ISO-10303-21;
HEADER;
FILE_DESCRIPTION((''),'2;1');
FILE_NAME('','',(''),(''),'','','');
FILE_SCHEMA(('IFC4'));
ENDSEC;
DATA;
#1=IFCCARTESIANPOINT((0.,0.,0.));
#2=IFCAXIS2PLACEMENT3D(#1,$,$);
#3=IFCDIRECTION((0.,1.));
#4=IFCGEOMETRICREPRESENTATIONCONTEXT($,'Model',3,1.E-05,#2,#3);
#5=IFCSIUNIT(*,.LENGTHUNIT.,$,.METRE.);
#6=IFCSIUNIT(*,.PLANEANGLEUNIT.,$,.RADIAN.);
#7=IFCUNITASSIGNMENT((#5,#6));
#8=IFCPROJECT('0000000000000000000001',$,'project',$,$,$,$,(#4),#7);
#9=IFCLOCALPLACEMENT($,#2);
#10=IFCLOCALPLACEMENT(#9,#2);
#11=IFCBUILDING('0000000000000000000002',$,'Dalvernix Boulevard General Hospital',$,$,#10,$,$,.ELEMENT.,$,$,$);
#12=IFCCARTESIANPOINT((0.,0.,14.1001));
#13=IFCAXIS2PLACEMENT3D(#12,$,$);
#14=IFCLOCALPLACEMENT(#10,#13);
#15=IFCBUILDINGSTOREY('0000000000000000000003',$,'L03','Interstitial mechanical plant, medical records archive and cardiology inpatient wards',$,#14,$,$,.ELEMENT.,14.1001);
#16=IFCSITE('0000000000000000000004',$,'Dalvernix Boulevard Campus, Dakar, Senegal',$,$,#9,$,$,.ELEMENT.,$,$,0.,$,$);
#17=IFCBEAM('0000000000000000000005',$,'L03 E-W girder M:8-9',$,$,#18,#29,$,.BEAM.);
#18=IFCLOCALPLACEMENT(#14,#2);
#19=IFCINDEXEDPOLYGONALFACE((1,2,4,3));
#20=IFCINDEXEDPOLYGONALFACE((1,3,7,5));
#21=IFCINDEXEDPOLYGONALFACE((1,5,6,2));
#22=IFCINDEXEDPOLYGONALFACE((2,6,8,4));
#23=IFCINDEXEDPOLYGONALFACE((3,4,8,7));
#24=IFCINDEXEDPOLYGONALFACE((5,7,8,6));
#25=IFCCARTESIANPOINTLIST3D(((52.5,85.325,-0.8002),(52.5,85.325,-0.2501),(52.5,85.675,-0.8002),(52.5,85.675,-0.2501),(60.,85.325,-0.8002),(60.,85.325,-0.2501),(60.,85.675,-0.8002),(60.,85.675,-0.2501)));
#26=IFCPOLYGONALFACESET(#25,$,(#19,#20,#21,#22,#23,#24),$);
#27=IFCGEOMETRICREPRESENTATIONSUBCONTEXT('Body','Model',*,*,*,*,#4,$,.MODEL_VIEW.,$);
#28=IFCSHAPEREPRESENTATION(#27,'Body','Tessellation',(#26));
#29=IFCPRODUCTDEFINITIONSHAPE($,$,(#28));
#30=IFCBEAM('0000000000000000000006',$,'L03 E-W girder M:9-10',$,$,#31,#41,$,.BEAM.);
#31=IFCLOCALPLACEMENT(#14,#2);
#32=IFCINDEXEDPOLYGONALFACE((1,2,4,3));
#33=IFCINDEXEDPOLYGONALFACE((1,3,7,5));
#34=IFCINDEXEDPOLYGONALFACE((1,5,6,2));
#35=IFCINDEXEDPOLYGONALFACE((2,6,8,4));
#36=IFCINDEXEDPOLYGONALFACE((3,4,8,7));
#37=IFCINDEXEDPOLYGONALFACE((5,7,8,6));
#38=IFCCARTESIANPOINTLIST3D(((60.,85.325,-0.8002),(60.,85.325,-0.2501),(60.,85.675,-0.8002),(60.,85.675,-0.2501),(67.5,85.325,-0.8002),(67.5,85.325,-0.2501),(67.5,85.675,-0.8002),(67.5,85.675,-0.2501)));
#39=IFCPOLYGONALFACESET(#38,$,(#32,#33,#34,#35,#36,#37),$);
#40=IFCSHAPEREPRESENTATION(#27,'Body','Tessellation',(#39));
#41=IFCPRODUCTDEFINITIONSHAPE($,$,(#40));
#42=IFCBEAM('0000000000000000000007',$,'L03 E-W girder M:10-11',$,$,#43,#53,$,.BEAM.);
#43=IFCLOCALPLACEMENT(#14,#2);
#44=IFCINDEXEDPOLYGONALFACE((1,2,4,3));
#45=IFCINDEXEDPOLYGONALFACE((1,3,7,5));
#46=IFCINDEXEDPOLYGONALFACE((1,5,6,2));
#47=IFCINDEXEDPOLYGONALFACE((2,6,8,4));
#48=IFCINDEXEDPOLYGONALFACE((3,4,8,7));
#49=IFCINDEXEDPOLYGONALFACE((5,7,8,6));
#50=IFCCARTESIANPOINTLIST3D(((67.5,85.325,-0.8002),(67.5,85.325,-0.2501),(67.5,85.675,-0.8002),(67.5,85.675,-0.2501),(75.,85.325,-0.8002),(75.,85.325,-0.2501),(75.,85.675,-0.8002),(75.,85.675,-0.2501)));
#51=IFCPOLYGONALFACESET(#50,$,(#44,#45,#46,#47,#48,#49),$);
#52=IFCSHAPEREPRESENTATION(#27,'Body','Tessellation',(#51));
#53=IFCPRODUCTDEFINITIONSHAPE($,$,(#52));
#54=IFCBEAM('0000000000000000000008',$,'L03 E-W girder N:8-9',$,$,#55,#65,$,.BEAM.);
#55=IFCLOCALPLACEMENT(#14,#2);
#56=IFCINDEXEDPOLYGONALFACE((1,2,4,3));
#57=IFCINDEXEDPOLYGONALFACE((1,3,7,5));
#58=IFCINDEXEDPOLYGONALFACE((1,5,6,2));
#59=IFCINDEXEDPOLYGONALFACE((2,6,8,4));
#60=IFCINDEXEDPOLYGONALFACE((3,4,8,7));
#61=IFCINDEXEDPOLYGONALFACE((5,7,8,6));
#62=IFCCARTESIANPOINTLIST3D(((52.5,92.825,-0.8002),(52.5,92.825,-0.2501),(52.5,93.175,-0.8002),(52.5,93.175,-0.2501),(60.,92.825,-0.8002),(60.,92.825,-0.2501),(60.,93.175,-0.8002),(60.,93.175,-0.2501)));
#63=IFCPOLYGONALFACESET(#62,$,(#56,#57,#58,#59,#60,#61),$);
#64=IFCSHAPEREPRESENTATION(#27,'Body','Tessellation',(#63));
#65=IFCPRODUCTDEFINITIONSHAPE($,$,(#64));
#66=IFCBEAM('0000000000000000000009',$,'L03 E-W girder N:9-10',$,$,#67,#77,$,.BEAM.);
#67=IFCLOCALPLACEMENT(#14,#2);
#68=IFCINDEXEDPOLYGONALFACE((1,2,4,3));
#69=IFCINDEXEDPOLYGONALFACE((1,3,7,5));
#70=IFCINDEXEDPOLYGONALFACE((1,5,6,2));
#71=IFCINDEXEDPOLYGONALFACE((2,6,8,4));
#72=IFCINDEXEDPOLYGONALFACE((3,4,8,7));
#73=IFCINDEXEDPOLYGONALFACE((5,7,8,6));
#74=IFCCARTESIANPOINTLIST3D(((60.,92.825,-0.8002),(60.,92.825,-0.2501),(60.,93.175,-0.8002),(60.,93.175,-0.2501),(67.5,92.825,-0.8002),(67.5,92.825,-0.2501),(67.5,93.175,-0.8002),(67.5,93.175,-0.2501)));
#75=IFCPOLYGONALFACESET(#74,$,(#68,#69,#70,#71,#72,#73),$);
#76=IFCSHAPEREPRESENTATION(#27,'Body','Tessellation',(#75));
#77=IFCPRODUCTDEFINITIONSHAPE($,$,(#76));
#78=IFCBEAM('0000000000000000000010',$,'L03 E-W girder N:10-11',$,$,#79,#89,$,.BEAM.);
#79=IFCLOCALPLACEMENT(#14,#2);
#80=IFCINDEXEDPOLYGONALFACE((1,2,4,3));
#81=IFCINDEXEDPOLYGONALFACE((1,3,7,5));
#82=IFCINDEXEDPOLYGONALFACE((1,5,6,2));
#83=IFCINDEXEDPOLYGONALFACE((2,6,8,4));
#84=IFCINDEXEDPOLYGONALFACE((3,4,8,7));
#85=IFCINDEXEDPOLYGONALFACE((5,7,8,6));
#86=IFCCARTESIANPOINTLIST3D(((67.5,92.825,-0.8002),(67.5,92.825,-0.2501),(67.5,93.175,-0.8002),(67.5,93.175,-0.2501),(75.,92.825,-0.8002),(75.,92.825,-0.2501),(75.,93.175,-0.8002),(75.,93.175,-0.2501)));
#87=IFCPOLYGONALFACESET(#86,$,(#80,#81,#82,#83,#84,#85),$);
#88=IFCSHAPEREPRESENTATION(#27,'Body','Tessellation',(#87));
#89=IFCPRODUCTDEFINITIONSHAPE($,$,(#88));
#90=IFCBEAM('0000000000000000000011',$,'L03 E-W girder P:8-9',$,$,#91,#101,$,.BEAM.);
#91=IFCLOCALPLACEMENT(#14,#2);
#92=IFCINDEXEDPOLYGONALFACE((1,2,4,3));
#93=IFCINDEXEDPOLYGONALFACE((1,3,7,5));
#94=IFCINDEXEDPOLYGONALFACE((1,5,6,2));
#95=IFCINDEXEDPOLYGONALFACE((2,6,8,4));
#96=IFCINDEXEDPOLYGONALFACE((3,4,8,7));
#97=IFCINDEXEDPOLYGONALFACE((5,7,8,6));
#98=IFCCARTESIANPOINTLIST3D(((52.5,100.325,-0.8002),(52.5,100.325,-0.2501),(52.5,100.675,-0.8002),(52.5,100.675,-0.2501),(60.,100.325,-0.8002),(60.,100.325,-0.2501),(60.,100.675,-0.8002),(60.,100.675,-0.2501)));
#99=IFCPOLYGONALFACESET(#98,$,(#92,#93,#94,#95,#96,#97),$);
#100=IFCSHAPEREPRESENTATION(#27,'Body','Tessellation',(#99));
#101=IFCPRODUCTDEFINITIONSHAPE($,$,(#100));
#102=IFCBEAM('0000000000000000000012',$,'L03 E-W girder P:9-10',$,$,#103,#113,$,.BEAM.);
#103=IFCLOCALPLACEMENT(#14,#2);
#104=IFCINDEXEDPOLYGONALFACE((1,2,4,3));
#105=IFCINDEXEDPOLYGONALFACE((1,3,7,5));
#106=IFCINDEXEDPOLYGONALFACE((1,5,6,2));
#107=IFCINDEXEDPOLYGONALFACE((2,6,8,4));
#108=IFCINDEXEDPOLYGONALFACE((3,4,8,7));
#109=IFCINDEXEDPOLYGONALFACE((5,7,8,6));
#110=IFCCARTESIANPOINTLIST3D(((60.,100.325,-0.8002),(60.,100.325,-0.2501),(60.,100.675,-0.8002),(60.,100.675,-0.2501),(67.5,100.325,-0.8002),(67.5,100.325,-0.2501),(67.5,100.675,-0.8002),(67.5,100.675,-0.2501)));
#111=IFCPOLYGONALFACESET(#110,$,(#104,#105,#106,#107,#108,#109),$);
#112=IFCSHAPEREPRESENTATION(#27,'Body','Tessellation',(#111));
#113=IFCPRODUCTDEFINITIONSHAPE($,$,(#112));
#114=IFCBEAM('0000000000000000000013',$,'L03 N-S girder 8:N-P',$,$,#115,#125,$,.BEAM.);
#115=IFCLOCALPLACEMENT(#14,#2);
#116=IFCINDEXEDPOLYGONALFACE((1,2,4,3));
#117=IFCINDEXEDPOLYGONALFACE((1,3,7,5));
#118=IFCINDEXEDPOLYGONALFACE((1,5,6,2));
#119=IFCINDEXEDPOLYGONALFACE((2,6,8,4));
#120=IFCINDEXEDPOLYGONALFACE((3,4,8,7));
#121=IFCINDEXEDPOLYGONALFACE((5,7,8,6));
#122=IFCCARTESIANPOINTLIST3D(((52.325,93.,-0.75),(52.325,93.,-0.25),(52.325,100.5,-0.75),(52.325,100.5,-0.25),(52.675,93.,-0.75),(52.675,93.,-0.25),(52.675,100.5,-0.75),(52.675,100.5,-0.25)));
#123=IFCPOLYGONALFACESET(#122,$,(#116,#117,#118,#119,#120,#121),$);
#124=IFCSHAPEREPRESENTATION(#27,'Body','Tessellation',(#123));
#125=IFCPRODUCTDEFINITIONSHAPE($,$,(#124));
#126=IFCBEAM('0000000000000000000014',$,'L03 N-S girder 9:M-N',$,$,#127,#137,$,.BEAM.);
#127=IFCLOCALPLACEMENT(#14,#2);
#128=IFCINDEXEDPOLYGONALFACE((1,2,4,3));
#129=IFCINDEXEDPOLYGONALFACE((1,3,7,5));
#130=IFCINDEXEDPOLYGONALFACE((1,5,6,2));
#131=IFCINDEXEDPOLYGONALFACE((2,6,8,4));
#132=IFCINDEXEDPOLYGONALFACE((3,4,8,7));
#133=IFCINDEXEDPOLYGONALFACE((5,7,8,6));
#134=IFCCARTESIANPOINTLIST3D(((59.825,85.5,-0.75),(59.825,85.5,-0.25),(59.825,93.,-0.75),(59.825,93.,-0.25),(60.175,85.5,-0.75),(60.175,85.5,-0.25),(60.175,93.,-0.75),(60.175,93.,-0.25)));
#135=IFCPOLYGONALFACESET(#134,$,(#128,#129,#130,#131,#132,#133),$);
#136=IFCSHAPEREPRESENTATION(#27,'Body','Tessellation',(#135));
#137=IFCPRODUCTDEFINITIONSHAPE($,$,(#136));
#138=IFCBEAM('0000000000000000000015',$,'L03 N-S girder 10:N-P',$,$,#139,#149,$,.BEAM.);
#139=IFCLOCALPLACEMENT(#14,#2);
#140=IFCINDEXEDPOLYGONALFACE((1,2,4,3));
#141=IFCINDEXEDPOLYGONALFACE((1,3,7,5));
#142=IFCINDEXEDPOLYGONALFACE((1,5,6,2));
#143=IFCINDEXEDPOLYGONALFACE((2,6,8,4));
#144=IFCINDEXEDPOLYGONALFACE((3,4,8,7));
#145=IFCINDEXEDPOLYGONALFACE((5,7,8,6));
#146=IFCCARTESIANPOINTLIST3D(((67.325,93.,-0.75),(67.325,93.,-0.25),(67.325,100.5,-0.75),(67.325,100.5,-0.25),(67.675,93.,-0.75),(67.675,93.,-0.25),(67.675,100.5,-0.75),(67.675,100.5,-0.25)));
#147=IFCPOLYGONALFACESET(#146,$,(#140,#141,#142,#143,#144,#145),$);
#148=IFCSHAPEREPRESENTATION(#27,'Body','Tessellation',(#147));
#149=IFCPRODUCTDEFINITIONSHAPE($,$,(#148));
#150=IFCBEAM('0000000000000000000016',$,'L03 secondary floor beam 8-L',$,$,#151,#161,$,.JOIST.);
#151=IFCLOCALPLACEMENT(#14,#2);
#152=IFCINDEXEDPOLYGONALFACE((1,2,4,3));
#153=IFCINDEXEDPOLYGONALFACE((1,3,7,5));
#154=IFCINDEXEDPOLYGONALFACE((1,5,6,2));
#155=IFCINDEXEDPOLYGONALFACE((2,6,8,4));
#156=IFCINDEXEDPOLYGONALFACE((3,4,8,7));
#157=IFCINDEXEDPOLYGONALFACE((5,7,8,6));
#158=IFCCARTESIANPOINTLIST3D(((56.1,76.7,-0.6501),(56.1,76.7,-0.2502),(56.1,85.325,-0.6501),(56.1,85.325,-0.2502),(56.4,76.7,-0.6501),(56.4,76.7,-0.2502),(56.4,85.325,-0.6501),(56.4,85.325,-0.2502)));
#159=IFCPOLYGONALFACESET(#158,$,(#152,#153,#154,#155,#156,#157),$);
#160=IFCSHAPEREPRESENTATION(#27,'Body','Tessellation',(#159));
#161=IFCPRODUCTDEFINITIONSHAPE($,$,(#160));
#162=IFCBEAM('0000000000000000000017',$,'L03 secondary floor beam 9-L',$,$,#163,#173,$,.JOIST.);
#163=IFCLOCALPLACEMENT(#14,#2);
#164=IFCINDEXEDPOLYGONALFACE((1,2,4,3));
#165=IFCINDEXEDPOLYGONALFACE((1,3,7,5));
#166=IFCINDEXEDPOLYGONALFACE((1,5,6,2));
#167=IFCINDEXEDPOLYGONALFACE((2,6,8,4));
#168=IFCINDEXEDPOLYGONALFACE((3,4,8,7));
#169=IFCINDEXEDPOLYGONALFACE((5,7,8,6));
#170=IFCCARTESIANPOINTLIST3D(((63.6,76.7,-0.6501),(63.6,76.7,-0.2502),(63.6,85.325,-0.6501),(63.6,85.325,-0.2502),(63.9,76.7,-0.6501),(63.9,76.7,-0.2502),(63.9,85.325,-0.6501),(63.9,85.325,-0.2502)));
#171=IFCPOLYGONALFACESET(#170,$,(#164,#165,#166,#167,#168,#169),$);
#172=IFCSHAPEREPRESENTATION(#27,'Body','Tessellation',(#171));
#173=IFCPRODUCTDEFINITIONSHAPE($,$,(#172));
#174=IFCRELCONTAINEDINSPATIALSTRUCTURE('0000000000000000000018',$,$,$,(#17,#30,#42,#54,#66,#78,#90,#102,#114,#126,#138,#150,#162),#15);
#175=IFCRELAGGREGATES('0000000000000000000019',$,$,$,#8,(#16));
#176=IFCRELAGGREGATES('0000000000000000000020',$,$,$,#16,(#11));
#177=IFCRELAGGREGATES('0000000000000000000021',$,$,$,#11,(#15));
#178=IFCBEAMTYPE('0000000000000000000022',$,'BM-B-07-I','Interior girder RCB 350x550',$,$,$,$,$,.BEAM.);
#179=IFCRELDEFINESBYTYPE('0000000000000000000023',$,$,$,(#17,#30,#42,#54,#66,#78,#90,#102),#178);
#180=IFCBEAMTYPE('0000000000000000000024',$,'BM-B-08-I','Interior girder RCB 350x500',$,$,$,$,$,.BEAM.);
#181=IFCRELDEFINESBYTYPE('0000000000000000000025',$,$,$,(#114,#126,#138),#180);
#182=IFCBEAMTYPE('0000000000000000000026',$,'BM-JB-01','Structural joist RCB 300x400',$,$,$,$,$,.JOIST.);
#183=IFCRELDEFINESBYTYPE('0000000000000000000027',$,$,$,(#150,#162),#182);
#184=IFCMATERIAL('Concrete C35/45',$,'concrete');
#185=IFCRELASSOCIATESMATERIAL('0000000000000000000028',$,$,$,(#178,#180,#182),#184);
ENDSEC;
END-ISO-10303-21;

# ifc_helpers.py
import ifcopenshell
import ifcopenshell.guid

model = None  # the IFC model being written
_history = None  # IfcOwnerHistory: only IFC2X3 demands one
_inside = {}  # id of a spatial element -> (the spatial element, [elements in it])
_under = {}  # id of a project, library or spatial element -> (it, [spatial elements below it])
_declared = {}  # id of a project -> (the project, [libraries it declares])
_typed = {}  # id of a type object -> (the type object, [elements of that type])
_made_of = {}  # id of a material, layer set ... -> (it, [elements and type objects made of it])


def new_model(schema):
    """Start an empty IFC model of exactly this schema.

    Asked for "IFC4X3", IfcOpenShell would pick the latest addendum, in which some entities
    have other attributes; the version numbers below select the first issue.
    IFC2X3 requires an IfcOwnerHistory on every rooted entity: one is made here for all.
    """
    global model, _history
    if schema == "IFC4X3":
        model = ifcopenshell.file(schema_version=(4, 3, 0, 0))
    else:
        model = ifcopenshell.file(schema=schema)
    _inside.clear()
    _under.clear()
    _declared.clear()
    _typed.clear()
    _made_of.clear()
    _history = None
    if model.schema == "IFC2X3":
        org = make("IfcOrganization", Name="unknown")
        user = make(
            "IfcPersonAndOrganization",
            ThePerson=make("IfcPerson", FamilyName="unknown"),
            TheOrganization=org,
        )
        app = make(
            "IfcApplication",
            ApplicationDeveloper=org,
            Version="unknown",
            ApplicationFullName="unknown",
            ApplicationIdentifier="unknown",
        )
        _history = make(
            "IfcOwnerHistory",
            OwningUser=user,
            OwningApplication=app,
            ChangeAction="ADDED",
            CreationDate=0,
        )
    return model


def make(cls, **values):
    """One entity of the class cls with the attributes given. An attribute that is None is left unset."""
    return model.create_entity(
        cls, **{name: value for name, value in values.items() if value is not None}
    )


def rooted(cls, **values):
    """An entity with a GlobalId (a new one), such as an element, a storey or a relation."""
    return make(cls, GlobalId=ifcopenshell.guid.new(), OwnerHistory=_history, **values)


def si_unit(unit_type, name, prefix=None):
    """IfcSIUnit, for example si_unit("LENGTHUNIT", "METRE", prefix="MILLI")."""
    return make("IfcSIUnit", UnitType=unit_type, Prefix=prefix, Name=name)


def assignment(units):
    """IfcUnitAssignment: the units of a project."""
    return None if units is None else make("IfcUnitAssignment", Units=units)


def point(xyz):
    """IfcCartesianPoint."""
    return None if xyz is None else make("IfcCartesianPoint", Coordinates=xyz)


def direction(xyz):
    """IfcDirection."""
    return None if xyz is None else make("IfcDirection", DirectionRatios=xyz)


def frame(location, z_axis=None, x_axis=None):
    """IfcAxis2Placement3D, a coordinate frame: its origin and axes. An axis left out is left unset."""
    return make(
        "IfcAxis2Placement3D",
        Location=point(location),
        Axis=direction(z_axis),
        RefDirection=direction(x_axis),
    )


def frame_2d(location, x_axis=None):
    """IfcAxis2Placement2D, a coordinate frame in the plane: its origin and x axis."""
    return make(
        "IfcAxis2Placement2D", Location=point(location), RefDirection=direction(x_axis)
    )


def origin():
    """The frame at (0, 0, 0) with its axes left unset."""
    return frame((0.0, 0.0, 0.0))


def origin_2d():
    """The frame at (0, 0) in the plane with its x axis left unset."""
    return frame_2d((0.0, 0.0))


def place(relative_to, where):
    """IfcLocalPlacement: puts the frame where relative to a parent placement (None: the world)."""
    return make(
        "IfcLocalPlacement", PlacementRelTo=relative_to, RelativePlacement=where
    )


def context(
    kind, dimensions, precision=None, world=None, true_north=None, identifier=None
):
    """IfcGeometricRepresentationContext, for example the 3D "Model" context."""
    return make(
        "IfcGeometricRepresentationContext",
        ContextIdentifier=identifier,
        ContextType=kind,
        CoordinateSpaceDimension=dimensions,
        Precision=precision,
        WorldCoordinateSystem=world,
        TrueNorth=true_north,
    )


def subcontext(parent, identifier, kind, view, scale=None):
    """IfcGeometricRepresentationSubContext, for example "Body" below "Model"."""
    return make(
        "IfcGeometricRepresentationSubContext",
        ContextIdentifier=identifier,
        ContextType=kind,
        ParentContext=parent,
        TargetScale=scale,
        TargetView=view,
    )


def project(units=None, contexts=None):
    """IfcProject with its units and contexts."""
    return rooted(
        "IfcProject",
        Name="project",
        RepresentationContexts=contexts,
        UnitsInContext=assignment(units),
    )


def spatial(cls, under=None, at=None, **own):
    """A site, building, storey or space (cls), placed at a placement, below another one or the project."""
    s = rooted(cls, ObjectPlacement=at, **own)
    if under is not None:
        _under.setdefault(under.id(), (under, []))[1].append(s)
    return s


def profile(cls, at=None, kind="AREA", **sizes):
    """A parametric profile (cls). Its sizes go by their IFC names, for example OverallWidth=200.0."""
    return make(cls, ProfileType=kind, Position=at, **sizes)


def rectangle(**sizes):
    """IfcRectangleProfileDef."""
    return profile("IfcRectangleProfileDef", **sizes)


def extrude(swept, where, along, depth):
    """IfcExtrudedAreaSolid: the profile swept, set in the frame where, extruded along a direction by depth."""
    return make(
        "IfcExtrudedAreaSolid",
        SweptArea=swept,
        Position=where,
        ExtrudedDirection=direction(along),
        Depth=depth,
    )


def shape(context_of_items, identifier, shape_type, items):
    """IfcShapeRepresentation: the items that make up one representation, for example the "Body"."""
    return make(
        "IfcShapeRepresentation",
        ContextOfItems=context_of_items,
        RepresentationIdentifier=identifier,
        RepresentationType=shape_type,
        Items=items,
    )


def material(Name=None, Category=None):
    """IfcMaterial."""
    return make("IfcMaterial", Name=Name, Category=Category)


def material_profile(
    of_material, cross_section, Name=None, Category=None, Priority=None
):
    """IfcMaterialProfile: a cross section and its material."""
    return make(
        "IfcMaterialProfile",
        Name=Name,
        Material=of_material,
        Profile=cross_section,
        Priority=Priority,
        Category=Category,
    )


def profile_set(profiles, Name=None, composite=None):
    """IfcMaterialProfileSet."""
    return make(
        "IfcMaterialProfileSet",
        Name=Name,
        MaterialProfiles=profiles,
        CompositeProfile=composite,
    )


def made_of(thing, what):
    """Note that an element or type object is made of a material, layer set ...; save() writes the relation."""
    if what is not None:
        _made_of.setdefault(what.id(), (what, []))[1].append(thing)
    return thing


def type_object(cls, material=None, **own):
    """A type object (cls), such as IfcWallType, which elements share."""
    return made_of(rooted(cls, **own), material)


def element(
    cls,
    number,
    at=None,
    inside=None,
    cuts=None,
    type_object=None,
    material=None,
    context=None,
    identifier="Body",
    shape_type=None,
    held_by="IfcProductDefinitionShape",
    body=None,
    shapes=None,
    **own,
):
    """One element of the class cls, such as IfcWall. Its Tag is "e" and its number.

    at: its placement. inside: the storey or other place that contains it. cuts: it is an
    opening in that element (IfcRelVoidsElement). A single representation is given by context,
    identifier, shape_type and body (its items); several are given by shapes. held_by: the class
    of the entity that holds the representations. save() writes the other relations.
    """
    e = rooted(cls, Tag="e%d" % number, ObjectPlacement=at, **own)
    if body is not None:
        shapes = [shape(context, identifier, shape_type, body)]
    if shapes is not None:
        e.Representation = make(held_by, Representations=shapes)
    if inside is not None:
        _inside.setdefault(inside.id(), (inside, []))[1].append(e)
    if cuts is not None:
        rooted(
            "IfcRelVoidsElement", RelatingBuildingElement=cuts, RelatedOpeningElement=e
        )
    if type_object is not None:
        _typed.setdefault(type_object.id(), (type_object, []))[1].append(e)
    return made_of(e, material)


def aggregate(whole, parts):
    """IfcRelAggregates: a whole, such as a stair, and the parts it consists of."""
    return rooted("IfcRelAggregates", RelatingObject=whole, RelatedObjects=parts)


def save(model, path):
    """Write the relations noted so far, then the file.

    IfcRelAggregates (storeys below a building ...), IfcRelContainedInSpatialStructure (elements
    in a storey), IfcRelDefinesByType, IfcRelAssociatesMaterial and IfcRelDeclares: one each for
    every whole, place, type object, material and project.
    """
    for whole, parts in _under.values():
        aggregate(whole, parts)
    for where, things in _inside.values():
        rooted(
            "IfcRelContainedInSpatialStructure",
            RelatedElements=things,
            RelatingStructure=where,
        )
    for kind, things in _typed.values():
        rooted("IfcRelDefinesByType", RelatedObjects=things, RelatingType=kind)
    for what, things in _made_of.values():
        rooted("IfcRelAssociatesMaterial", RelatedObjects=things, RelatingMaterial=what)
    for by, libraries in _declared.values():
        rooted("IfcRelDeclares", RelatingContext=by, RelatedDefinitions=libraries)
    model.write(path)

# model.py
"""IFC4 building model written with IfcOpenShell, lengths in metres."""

from ifc_helpers import new_model, si_unit, direction, frame, origin, origin_2d, place, context, subcontext, project, spatial, rectangle, extrude, material, material_profile, profile_set, type_object, element, save


model = new_model("IFC4")

# Units and contexts
model_context = context("Model", 3, precision=1e-05, world=origin(), true_north=direction((0.0, 1.0)))
body_context = subcontext(model_context, "Body", "Model", "MODEL_VIEW")
ifc_project = project(units=[si_unit("LENGTHUNIT", "METRE"), si_unit("PLANEANGLEUNIT", "RADIAN")], contexts=[model_context])

# Site, building, storey
site_placement = place(None, origin())
site = spatial("IfcSite", under=ifc_project, at=site_placement, Name="Dalvernix Boulevard Campus, Dakar, Senegal", CompositionType="ELEMENT", RefElevation=0.0)
building_placement = place(site_placement, origin())
building = spatial("IfcBuilding", under=site, at=building_placement, Name="Dalvernix Boulevard General Hospital", CompositionType="ELEMENT")
storey_placement = place(building_placement, frame((0.0, 0.0, 14.1001)))
storey = spatial("IfcBuildingStorey", under=building, at=storey_placement, Name="L03", Description="Interstitial mechanical plant, medical records archive and cardiology inpatient wards", CompositionType="ELEMENT", Elevation=14.1001)

# Beams
ifc_material_1 = material(Name="Concrete C35/45", Category="concrete")
ifc_material_profile_1 = material_profile(ifc_material_1, rectangle(XDim=0.3501, YDim=0.55, at=origin_2d()), Name="RCB 350x550")
ifc_profile_set_1 = profile_set([ifc_material_profile_1], Name="Concrete C35/45")
beam_type_1 = type_object("IfcBeamType", Name="BM-B-07-I", Description="Interior girder RCB 350x550", PredefinedType="BEAM", material=ifc_profile_set_1)
for number, where, z_axis, x_axis, name in (
    (1, (52.5, 85.5, -0.5251), (1.0, 0.0, 0.0), (0.0, 1.0, 0.0), "L03 E-W girder M:8-9"),
    (2, (60.0, 85.5, -0.5251), (1.0, 0.0, 0.0), (0.0, 1.0, 0.0), "L03 E-W girder M:9-10"),
    (3, (67.5, 85.5, -0.5251), (1.0, 0.0, 0.0), (0.0, 1.0, 0.0), "L03 E-W girder M:10-11"),
    (4, (52.5, 93.0, -0.5251), (1.0, 0.0, 0.0), (0.0, 1.0, 0.0), "L03 E-W girder N:8-9"),
    (5, (60.0, 93.0, -0.5251), (1.0, 0.0, 0.0), (0.0, 1.0, 0.0), "L03 E-W girder N:9-10"),
    (6, (67.5, 93.0, -0.5251), (1.0, 0.0, 0.0), (0.0, 1.0, 0.0), "L03 E-W girder N:10-11"),
    (7, (52.5, 100.5, -0.5251), (1.0, 0.0, 0.0), (0.0, 1.0, 0.0), "L03 E-W girder P:8-9"),
    (8, (60.0, 100.5, -0.5251), (1.0, 0.0, 0.0), (0.0, 1.0, 0.0), "L03 E-W girder P:9-10"),
):
    element("IfcBeam", number, at=place(storey_placement, frame(where, z_axis=z_axis, x_axis=x_axis)), inside=storey, type_object=beam_type_1, Name=name, PredefinedType="BEAM", context=body_context, shape_type="SweptSolid", body=[
        extrude(rectangle(XDim=0.3501, YDim=0.55, at=origin_2d()), origin(), (0.0, 0.0, 1.0), 7.5),
    ])
ifc_material_profile_2 = material_profile(ifc_material_1, rectangle(XDim=0.3501, YDim=0.5, at=origin_2d()), Name="RCB 350x500")
ifc_profile_set_2 = profile_set([ifc_material_profile_2], Name="Concrete C35/45")
beam_type_2 = type_object("IfcBeamType", Name="BM-B-08-I", Description="Interior girder RCB 350x500", PredefinedType="BEAM", material=ifc_profile_set_2)
for number, where, z_axis, x_axis, name in (
    (9, (52.5, 93.0, -0.5), (0.0, 1.0, 0.0), (-1.0, 0.0, 0.0), "L03 N-S girder 8:N-P"),
    (10, (60.0, 85.5, -0.5), (0.0, 1.0, 0.0), (-1.0, 0.0, 0.0), "L03 N-S girder 9:M-N"),
    (11, (67.5, 93.0, -0.5), (0.0, 1.0, 0.0), (-1.0, 0.0, 0.0), "L03 N-S girder 10:N-P"),
):
    element("IfcBeam", number, at=place(storey_placement, frame(where, z_axis=z_axis, x_axis=x_axis)), inside=storey, type_object=beam_type_2, Name=name, PredefinedType="BEAM", context=body_context, shape_type="SweptSolid", body=[
        extrude(rectangle(XDim=0.3501, YDim=0.5, at=origin_2d()), origin(), (0.0, 0.0, 1.0), 7.5),
    ])
ifc_material_profile_3 = material_profile(ifc_material_1, rectangle(XDim=0.3, YDim=0.3999, at=origin_2d()), Name="RCB 300x400")
ifc_profile_set_3 = profile_set([ifc_material_profile_3], Name="Concrete C35/45")
beam_type_3 = type_object("IfcBeamType", Name="BM-JB-01", Description="Structural joist RCB 300x400", PredefinedType="JOIST", material=ifc_profile_set_3)
for number, where, z_axis, x_axis, name in (
    (12, (56.25, 76.7, -0.4502), (0.0, 1.0, 0.0), (-1.0, 0.0, 0.0), "L03 secondary floor beam 8-L"),
    (13, (63.75, 76.7, -0.4502), (0.0, 1.0, 0.0), (-1.0, 0.0, 0.0), "L03 secondary floor beam 9-L"),
):
    element("IfcBeam", number, at=place(storey_placement, frame(where, z_axis=z_axis, x_axis=x_axis)), inside=storey, type_object=beam_type_3, Name=name, PredefinedType="JOIST", context=body_context, shape_type="SweptSolid", body=[
        extrude(rectangle(XDim=0.3, YDim=0.3999, at=origin_2d()), origin(), (0.0, 0.0, 1.0), 8.625),
    ])

save(model, "model.ifc")
